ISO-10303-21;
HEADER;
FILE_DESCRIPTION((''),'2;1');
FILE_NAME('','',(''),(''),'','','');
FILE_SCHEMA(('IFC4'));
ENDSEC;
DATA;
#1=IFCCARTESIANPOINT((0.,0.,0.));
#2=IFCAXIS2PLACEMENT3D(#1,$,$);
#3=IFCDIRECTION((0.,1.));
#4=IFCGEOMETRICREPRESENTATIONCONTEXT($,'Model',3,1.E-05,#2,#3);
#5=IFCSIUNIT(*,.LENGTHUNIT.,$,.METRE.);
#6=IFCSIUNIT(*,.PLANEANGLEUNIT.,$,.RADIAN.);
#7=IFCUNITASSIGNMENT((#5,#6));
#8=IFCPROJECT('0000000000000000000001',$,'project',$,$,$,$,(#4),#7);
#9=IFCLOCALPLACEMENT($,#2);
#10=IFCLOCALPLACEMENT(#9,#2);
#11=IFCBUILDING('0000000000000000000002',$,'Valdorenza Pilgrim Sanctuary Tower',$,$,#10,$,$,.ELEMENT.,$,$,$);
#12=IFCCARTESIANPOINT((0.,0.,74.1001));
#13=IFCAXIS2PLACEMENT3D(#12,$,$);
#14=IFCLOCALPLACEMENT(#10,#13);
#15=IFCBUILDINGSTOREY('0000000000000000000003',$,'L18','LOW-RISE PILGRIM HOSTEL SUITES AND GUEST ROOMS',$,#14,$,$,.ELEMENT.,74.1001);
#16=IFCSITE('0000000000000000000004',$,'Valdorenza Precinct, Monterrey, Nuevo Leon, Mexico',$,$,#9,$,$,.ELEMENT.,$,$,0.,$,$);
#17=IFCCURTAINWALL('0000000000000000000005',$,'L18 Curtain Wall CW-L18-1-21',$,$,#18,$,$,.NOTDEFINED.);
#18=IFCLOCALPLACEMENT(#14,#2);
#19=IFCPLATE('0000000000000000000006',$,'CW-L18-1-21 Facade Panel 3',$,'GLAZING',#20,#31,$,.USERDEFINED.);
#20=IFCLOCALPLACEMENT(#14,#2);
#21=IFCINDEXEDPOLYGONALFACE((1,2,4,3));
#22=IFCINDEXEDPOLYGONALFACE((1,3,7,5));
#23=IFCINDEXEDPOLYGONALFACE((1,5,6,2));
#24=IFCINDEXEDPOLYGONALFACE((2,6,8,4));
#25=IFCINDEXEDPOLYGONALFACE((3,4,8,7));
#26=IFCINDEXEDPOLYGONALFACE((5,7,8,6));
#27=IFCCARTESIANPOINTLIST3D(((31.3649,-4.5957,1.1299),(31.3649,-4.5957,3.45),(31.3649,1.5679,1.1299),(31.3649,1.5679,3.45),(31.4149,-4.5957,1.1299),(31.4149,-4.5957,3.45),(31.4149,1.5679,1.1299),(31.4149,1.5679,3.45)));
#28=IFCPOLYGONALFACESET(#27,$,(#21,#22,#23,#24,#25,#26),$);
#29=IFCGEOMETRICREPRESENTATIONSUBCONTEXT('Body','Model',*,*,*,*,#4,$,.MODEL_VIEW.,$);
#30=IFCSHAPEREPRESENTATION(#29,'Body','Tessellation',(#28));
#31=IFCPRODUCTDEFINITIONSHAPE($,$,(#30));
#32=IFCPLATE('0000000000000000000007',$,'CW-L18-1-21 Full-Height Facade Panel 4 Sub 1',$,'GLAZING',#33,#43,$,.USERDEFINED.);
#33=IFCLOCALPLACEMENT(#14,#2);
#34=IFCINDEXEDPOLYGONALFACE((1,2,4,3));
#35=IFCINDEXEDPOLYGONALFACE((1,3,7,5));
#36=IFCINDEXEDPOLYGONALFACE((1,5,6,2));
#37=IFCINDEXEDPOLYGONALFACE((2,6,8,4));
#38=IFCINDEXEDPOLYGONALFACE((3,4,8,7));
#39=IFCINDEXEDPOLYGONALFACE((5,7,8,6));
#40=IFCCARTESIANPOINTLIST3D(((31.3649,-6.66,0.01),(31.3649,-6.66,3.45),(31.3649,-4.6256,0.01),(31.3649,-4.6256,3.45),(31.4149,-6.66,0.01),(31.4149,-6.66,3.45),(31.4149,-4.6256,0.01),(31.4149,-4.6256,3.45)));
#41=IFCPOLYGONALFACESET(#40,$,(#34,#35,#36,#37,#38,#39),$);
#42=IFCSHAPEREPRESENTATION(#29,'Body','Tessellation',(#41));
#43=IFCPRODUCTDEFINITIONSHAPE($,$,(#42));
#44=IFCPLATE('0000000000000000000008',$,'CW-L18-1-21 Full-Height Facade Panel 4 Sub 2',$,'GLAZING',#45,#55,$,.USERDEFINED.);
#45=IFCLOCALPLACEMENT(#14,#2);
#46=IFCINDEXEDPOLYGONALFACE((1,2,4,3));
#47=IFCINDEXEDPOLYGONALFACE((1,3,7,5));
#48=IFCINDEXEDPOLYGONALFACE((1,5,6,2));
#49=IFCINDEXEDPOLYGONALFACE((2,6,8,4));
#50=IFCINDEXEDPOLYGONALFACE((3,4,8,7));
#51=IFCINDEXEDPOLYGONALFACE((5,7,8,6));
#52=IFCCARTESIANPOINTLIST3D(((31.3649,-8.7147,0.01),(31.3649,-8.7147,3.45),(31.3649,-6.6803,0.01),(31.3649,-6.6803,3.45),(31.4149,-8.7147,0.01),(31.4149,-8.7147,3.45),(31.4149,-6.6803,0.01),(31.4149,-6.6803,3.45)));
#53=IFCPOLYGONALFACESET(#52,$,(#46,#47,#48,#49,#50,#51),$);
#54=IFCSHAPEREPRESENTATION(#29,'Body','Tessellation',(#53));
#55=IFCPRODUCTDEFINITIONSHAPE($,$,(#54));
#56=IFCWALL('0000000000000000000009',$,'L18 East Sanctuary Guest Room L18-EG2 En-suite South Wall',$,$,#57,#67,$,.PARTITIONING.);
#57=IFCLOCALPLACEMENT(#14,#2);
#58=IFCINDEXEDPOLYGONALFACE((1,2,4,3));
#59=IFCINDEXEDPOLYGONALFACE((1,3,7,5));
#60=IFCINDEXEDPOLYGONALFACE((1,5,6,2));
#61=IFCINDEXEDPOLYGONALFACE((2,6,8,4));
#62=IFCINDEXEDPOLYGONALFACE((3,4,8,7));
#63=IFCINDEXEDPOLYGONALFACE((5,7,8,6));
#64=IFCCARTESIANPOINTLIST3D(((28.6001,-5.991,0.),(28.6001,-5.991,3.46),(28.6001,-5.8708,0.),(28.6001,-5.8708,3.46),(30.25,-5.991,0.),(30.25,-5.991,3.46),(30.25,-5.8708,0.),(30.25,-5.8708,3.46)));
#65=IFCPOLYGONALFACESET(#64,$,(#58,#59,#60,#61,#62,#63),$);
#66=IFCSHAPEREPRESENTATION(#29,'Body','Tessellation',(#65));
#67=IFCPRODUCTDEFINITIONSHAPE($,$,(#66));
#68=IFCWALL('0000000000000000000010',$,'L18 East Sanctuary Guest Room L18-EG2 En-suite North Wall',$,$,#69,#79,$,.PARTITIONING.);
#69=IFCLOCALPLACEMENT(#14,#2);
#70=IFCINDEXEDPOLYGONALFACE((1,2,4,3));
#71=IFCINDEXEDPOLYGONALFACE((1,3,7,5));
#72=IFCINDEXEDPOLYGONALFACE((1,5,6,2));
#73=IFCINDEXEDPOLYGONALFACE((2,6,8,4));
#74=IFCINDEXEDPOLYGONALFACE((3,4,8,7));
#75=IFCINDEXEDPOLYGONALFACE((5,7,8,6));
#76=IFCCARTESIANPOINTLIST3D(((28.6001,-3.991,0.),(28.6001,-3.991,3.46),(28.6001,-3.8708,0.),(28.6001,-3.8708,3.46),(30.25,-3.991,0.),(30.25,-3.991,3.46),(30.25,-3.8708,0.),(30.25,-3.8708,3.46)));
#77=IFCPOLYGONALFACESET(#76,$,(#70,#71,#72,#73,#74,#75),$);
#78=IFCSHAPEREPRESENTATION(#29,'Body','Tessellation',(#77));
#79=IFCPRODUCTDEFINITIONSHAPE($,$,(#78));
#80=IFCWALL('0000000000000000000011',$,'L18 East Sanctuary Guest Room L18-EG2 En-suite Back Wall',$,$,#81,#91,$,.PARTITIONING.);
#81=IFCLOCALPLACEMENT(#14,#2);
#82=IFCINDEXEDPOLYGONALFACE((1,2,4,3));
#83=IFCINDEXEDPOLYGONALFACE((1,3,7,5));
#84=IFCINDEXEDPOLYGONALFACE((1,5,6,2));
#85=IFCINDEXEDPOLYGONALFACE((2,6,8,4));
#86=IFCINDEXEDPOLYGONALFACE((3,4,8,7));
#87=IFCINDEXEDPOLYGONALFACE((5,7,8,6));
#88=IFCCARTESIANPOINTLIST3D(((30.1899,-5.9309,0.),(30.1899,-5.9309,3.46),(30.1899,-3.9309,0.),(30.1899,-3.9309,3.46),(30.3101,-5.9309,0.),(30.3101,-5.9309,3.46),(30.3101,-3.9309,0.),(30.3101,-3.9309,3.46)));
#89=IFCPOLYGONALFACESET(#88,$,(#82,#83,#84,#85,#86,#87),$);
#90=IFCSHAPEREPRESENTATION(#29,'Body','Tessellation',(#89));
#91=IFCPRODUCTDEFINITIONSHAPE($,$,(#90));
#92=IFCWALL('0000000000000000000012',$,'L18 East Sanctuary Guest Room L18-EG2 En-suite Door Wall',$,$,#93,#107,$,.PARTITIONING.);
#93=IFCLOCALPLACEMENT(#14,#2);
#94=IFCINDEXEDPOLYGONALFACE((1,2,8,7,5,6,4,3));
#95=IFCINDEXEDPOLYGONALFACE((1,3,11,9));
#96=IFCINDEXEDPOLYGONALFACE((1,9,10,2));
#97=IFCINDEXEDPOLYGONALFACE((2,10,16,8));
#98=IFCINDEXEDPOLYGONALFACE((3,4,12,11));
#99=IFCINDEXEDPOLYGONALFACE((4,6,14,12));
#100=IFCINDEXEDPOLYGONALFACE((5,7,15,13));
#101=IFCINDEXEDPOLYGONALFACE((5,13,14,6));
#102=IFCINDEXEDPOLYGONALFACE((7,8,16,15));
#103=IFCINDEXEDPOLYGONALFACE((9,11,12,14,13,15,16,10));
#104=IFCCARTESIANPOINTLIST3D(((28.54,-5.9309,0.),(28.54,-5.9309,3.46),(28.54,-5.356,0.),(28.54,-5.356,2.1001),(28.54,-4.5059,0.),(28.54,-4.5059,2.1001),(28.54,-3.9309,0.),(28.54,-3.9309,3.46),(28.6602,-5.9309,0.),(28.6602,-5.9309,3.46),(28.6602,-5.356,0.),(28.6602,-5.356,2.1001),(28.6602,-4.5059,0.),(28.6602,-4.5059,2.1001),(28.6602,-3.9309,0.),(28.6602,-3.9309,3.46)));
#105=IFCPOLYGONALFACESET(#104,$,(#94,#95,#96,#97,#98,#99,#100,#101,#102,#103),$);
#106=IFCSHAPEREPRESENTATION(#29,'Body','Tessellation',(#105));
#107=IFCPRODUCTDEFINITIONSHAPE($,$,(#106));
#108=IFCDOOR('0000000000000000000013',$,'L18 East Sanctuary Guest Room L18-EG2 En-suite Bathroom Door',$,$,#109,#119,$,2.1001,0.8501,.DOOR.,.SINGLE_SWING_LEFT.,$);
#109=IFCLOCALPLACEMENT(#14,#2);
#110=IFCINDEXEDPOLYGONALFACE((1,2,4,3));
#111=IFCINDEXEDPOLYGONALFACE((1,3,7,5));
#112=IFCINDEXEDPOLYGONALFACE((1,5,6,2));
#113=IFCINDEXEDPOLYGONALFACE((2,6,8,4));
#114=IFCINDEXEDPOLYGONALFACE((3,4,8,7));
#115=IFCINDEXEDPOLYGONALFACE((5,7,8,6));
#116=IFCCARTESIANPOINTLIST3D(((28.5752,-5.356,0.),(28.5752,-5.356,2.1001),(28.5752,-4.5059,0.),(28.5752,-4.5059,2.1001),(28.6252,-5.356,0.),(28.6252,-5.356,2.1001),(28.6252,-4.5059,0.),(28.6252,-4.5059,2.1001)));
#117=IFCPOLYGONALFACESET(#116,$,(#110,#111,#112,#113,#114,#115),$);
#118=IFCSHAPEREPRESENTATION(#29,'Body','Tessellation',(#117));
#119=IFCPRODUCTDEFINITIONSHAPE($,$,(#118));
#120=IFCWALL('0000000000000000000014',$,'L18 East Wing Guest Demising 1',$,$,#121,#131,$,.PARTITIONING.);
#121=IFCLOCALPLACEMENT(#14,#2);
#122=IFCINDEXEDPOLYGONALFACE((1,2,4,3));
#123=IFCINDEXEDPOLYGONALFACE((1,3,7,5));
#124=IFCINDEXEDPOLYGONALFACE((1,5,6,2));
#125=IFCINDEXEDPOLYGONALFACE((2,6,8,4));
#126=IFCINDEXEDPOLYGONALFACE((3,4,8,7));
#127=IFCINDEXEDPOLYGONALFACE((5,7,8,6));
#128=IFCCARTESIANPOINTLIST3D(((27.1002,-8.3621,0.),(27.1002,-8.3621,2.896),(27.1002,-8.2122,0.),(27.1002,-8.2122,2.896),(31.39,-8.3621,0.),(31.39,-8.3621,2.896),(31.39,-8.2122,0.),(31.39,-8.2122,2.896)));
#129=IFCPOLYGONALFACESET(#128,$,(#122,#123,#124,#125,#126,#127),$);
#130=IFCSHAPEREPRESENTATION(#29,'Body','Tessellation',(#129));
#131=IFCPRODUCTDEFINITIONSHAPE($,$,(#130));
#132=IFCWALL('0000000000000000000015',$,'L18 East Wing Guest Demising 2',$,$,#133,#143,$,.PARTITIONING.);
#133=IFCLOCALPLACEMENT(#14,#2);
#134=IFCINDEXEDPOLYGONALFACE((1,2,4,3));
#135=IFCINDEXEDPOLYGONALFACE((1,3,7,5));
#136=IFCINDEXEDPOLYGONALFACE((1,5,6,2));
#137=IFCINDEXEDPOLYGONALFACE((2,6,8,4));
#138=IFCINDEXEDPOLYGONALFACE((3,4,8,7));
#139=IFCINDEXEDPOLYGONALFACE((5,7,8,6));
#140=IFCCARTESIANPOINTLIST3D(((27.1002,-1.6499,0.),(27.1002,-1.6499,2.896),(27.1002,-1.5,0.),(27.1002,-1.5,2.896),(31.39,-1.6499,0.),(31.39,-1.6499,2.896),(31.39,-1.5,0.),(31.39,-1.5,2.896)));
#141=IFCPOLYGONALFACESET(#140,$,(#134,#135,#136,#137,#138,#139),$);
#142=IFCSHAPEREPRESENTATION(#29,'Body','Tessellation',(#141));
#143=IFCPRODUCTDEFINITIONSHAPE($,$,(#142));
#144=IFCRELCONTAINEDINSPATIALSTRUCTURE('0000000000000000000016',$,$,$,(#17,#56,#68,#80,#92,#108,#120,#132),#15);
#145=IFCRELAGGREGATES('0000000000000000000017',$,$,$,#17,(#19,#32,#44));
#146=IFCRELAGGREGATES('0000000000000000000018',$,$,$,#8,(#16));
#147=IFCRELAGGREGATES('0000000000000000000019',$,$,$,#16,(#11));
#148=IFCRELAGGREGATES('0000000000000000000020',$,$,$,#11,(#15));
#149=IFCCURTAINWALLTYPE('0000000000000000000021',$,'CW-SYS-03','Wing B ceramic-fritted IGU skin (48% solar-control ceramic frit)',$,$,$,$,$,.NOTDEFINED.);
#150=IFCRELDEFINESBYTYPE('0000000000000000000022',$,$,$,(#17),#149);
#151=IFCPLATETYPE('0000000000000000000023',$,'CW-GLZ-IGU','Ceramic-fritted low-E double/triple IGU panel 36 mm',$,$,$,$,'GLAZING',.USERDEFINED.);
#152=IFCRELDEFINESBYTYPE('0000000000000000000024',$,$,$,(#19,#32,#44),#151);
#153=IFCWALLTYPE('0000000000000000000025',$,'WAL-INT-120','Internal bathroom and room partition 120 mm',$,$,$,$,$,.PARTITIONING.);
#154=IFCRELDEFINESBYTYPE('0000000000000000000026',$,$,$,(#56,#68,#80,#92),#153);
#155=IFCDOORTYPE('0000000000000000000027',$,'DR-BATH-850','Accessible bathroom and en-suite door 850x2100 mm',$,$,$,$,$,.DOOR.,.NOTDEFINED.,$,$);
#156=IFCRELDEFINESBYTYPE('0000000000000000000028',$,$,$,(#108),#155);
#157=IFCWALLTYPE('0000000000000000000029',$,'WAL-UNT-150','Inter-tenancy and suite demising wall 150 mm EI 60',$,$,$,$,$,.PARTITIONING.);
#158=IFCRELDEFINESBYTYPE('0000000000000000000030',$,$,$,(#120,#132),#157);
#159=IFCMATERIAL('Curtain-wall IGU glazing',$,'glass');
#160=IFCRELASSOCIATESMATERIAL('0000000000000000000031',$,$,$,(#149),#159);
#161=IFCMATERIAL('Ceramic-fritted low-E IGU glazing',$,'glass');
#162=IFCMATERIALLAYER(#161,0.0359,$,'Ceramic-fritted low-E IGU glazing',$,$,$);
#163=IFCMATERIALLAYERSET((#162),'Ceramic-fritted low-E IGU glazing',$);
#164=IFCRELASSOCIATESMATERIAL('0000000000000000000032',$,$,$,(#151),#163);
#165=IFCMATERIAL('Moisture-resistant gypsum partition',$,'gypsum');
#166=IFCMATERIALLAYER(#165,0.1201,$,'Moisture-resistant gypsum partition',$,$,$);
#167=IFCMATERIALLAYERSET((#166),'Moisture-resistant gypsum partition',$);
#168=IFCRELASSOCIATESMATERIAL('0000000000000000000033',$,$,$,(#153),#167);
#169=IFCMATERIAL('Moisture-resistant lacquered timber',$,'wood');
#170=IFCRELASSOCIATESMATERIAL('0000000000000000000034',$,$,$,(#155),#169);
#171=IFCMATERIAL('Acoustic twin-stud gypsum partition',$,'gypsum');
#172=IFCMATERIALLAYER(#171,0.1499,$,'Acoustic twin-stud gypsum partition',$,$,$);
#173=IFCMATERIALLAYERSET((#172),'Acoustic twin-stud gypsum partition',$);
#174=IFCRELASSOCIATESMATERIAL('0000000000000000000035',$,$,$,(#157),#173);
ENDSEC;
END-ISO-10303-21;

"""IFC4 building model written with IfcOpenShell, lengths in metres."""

from ifc_helpers import new_model, si_unit, direction, frame, frame_2d, origin, origin_2d, place, context, subcontext, project, spatial, rectangle, extrude, source, transform, mapped, material, layer, layer_set, type_object, element, fill, aggregate, save


model = new_model("IFC4")

# Units and contexts
model_context = context("Model", 3, precision=1e-05, world=origin(), true_north=direction((0.0, 1.0)))
body_context = subcontext(model_context, "Body", "Model", "MODEL_VIEW")
ifc_project = project(units=[si_unit("LENGTHUNIT", "METRE"), si_unit("PLANEANGLEUNIT", "RADIAN")], contexts=[model_context])

# Site, building, storey
site_placement = place(None, origin())
site = spatial("IfcSite", under=ifc_project, at=site_placement, Name="Valdorenza Precinct, Monterrey, Nuevo Leon, Mexico", CompositionType="ELEMENT", RefElevation=0.0)
building_placement = place(site_placement, origin())
building = spatial("IfcBuilding", under=site, at=building_placement, Name="Valdorenza Pilgrim Sanctuary Tower", CompositionType="ELEMENT")
storey_placement = place(building_placement, frame((0.0, 0.0, 74.1001)))
storey = spatial("IfcBuildingStorey", under=building, at=storey_placement, Name="L18", Description="LOW-RISE PILGRIM HOSTEL SUITES AND GUEST ROOMS", CompositionType="ELEMENT", Elevation=74.1001)

# Curtain wall, plates
ifc_material_1 = material(Name="Curtain-wall IGU glazing", Category="glass")
curtain_wall_type = type_object("IfcCurtainWallType", Name="CW-SYS-03", Description="Wing B ceramic-fritted IGU skin (48% solar-control ceramic frit)", PredefinedType="NOTDEFINED", material=ifc_material_1)
curtain_wall_placement = place(storey_placement, origin())
curtain_wall = element("IfcCurtainWall", 1, at=curtain_wall_placement, inside=storey, type_object=curtain_wall_type, Name="L18 Curtain Wall CW-L18-1-21", PredefinedType="NOTDEFINED")
ifc_material_2 = material(Name="Ceramic-fritted low-E IGU glazing", Category="glass")
ifc_layer_1 = layer(ifc_material_2, 0.0359, Name="Ceramic-fritted low-E IGU glazing")
ifc_layer_set_1 = layer_set([ifc_layer_1], Name="Ceramic-fritted low-E IGU glazing")
plate_type_1 = type_object("IfcPlateType", Name="CW-GLZ-IGU", Description="Ceramic-fritted low-E double/triple IGU panel 36 mm", ElementType="GLAZING", PredefinedType="USERDEFINED", material=ifc_layer_set_1)
shared_shape_1 = source(origin(), body_context, "Body", "SweptSolid", [
    extrude(rectangle(XDim=6.1636, YDim=0.05, at=origin_2d()), origin(), (0.0, 0.0, 1.0), 2.3201),
])
plate_1_placement = place(storey_placement, frame((31.3899, -1.5139, 1.1299), z_axis=(0.0, 0.0, 1.0), x_axis=(0.0, -1.0, 0.0)))
plate_1 = element("IfcPlate", 2, at=plate_1_placement, type_object=plate_type_1, Name="CW-L18-1-21 Facade Panel 3", ObjectType="GLAZING", PredefinedType="USERDEFINED", context=body_context, shape_type="MappedRepresentation", body=[
    mapped(shared_shape_1, transform((0.0, 0.0, 0.0), x_axis=(1.0, 0.0, 0.0), y_axis=(0.0, 1.0, 0.0), z_axis=(0.0, 0.0, 1.0), scale=1.0)),
])
shared_shape_2 = source(origin(), body_context, "Body", "SweptSolid", [
    extrude(rectangle(XDim=2.0344, YDim=0.05, at=origin_2d()), origin(), (0.0, 0.0, 1.0), 3.4399),
])
plate_2_placement = place(storey_placement, frame((31.3899, -5.6428, 0.01), z_axis=(0.0, 0.0, 1.0), x_axis=(0.0, -1.0, 0.0)))
plate_2 = element("IfcPlate", 3, at=plate_2_placement, type_object=plate_type_1, Name="CW-L18-1-21 Full-Height Facade Panel 4 Sub 1", ObjectType="GLAZING", PredefinedType="USERDEFINED", context=body_context, shape_type="MappedRepresentation", body=[
    mapped(shared_shape_2, transform((0.0, 0.0, 0.0), x_axis=(1.0, 0.0, 0.0), y_axis=(0.0, 1.0, 0.0), z_axis=(0.0, 0.0, 1.0), scale=1.0)),
])
plate_3_placement = place(storey_placement, frame((31.3899, -7.6975, 0.01), z_axis=(0.0, 0.0, 1.0), x_axis=(0.0, -1.0, 0.0)))
plate_3 = element("IfcPlate", 4, at=plate_3_placement, type_object=plate_type_1, Name="CW-L18-1-21 Full-Height Facade Panel 4 Sub 2", ObjectType="GLAZING", PredefinedType="USERDEFINED", context=body_context, shape_type="MappedRepresentation", body=[
    mapped(shared_shape_2, transform((0.0, 0.0, 0.0), x_axis=(1.0, 0.0, 0.0), y_axis=(0.0, 1.0, 0.0), z_axis=(0.0, 0.0, 1.0), scale=1.0)),
])
aggregate(curtain_wall, [plate_1, plate_2, plate_3])

# Walls
ifc_material_3 = material(Name="Moisture-resistant gypsum partition", Category="gypsum")
ifc_layer_2 = layer(ifc_material_3, 0.1201, Name="Moisture-resistant gypsum partition")
ifc_layer_set_2 = layer_set([ifc_layer_2], Name="Moisture-resistant gypsum partition")
wall_type_1 = type_object("IfcWallType", Name="WAL-INT-120", Description="Internal bathroom and room partition 120 mm", PredefinedType="PARTITIONING", material=ifc_layer_set_2)
for number, where, z_axis, x_axis, name in (
    (5, (28.6001, -5.9309, 0.0), (0.0, 0.0, 1.0), (1.0, 0.0, 0.0), "L18 East Sanctuary Guest Room L18-EG2 En-suite South Wall"),
    (6, (28.6001, -3.9309, 0.0), (0.0, 0.0, 1.0), (1.0, 0.0, 0.0), "L18 East Sanctuary Guest Room L18-EG2 En-suite North Wall"),
):
    element("IfcWall", number, at=place(storey_placement, frame(where, z_axis=z_axis, x_axis=x_axis)), inside=storey, type_object=wall_type_1, Name=name, PredefinedType="PARTITIONING", context=body_context, shape_type="SweptSolid", body=[
        extrude(rectangle(XDim=1.6499, YDim=0.1201, at=frame_2d((0.825, 0.0))), origin(), (0.0, 0.0, 1.0), 3.46),
    ])
wall_1_placement = place(storey_placement, frame((30.25, -5.9309, 0.0), z_axis=(0.0, 0.0, 1.0), x_axis=(0.0, 1.0, 0.0)))
element("IfcWall", 7, at=wall_1_placement, inside=storey, type_object=wall_type_1, Name="L18 East Sanctuary Guest Room L18-EG2 En-suite Back Wall", PredefinedType="PARTITIONING", context=body_context, shape_type="SweptSolid", body=[
    extrude(rectangle(XDim=2.0, YDim=0.1201, at=frame_2d((1.0, 0.0))), origin(), (0.0, 0.0, 1.0), 3.46),
])

# Wall, opening, door
wall_2_placement = place(storey_placement, frame((28.6001, -5.9309, 0.0), z_axis=(0.0, 0.0, 1.0), x_axis=(0.0, 1.0, 0.0)))
wall_2 = element("IfcWall", 8, at=wall_2_placement, inside=storey, type_object=wall_type_1, Name="L18 East Sanctuary Guest Room L18-EG2 En-suite Door Wall", PredefinedType="PARTITIONING", context=body_context, shape_type="SweptSolid", body=[
    extrude(rectangle(XDim=2.0, YDim=0.1201, at=frame_2d((1.0, 0.0))), origin(), (0.0, 0.0, 1.0), 3.46),
])
opening_placement = place(wall_2_placement, frame((0.575, 0.0, 0.0)))
opening = element("IfcOpeningElement", 9, at=opening_placement, cuts=wall_2, PredefinedType="OPENING", context=body_context, shape_type="SweptSolid", body=[
    extrude(rectangle(XDim=0.8501, YDim=2.1001, at=frame_2d((0.425, 1.05))), frame((0.0, 0.075, 0.0), z_axis=(0.0, -1.0, 0.0), x_axis=(1.0, 0.0, 0.0)), (0.0, 0.0, 1.0), 0.1499),
])
ifc_material_4 = material(Name="Moisture-resistant lacquered timber", Category="wood")
door_type = type_object("IfcDoorType", Name="DR-BATH-850", Description="Accessible bathroom and en-suite door 850x2100 mm", OperationType="NOTDEFINED", PredefinedType="DOOR", material=ifc_material_4)
door_placement = place(opening_placement, origin())
door = element("IfcDoor", 10, at=door_placement, inside=storey, type_object=door_type, Name="L18 East Sanctuary Guest Room L18-EG2 En-suite Bathroom Door", OperationType="SINGLE_SWING_LEFT", OverallHeight=2.1001, OverallWidth=0.8501, PredefinedType="DOOR", context=body_context, shape_type="SweptSolid", body=[
    extrude(rectangle(XDim=0.8501, YDim=2.1001, at=frame_2d((0.425, 1.05))), frame((0.0, 0.0249, 0.0), z_axis=(0.0, -1.0, 0.0), x_axis=(1.0, 0.0, 0.0)), (0.0, 0.0, 1.0), 0.05),
])
fill(opening, door)

# Walls
ifc_material_5 = material(Name="Acoustic twin-stud gypsum partition", Category="gypsum")
ifc_layer_3 = layer(ifc_material_5, 0.1499, Name="Acoustic twin-stud gypsum partition")
ifc_layer_set_3 = layer_set([ifc_layer_3], Name="Acoustic twin-stud gypsum partition")
wall_type_2 = type_object("IfcWallType", Name="WAL-UNT-150", Description="Inter-tenancy and suite demising wall 150 mm EI 60", PredefinedType="PARTITIONING", material=ifc_layer_set_3)
for number, where, z_axis, x_axis, name in (
    (11, (27.1001, -8.2871, 0.0), (0.0, 0.0, 1.0), (1.0, 0.0, 0.0), "L18 East Wing Guest Demising 1"),
    (12, (27.1001, -1.575, 0.0), (0.0, 0.0, 1.0), (1.0, 0.0, 0.0), "L18 East Wing Guest Demising 2"),
):
    element("IfcWall", number, at=place(storey_placement, frame(where, z_axis=z_axis, x_axis=x_axis)), inside=storey, type_object=wall_type_2, Name=name, PredefinedType="PARTITIONING", context=body_context, shape_type="SweptSolid", body=[
        extrude(rectangle(XDim=4.2898, YDim=0.1499, at=frame_2d((2.145, 0.0))), origin(), (0.0, 0.0, 1.0), 2.896),
    ])

save(model, "model.ifc")
